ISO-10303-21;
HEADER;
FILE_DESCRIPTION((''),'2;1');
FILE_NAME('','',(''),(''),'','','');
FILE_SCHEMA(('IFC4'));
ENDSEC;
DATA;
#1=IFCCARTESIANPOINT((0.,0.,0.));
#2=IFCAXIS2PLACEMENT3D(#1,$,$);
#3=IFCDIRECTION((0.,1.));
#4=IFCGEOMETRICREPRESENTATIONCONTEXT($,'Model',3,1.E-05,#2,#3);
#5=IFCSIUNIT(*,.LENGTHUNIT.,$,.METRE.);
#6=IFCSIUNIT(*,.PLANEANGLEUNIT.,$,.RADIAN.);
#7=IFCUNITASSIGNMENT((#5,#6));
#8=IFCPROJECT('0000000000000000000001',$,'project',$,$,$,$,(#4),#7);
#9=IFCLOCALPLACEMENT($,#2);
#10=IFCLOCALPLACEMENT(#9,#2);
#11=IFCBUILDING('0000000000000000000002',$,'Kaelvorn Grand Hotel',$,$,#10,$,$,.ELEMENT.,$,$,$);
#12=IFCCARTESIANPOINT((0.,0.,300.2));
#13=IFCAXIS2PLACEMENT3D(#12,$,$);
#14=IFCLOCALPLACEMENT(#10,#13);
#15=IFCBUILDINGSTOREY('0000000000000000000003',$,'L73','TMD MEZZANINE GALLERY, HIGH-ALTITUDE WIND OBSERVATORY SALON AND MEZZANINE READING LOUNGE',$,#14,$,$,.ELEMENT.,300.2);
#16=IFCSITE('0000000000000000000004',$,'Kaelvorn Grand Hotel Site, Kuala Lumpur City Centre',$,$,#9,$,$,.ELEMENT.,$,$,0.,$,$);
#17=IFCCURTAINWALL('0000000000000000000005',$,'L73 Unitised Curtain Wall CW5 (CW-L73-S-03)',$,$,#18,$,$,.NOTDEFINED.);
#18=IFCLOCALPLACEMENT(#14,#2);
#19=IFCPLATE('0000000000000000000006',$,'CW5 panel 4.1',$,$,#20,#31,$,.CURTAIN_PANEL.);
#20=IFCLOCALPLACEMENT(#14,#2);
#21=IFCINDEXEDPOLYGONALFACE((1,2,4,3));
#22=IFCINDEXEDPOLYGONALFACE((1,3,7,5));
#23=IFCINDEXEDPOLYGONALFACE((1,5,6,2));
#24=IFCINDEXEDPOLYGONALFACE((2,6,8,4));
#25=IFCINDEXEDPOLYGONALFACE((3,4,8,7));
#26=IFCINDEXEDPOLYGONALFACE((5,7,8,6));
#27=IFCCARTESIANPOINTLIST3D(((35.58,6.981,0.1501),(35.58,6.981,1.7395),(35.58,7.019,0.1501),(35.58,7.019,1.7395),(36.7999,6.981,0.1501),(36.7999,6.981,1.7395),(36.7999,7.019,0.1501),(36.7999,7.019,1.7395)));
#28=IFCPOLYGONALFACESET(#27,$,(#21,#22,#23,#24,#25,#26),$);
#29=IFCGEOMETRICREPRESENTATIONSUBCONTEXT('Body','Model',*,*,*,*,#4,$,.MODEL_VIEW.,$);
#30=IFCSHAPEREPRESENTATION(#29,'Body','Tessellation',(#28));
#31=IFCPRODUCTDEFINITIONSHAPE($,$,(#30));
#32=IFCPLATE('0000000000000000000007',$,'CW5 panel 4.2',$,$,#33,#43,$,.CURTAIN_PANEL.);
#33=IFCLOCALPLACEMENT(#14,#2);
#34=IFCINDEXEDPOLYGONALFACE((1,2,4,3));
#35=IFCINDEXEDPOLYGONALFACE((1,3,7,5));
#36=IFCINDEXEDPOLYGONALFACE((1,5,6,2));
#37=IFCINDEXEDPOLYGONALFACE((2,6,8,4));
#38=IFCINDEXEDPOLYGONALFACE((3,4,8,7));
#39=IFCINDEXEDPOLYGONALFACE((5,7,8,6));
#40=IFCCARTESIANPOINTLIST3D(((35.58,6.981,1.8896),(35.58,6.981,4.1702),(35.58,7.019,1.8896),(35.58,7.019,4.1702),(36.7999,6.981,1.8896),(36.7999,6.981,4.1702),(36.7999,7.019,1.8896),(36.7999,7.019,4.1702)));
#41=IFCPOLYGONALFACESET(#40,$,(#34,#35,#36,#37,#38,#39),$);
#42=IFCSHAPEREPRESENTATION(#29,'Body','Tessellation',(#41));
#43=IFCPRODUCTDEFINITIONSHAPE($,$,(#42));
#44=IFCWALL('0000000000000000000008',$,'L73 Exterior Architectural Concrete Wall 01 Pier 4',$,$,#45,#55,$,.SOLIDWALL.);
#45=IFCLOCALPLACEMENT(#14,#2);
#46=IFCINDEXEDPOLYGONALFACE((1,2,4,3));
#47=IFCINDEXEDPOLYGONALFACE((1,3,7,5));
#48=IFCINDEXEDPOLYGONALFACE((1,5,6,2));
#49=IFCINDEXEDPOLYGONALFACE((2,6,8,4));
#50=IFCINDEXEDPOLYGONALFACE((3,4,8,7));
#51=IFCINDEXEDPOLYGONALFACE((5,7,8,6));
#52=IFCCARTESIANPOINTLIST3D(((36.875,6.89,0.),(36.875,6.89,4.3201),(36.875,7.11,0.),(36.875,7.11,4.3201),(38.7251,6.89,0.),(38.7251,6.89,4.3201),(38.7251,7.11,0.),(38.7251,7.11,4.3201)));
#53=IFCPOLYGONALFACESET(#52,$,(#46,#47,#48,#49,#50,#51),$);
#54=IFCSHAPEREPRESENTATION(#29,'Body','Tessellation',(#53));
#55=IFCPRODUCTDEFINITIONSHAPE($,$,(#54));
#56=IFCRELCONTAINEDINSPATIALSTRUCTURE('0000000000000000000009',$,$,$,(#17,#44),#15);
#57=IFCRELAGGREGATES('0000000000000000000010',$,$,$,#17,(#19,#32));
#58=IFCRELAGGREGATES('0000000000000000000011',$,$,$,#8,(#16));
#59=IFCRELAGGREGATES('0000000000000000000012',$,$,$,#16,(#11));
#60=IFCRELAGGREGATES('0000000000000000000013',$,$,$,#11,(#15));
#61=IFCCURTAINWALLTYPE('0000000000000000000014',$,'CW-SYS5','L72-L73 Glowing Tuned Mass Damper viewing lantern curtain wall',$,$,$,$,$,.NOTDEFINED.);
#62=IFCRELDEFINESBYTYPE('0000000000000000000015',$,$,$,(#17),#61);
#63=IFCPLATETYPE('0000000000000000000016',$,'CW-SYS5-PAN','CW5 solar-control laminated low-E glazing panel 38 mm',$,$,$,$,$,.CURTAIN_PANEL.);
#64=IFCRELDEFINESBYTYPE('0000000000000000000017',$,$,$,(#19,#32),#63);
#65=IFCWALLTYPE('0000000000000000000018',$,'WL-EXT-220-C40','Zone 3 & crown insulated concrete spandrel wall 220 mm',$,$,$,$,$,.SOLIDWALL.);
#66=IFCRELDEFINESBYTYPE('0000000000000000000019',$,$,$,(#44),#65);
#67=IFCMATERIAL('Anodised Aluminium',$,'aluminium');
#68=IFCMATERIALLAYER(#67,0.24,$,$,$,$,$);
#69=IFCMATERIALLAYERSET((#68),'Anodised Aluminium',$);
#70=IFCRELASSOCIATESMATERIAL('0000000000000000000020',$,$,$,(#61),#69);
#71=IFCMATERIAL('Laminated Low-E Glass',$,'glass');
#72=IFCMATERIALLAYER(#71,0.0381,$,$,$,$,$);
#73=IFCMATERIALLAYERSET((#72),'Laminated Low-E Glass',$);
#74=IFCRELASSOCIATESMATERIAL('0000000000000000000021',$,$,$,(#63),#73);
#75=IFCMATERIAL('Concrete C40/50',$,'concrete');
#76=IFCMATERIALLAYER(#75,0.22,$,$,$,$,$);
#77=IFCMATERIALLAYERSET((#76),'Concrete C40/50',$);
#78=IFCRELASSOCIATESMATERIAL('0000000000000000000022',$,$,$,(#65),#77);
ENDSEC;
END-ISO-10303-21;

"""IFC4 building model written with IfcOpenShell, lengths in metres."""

from ifc_helpers import new_model, si_unit, direction, frame, frame_2d, origin, origin_2d, place, context, subcontext, project, spatial, rectangle, extrude, material, layer, layer_set, type_object, element, aggregate, save


model = new_model("IFC4")

# Units and contexts
model_context = context("Model", 3, precision=1e-05, world=origin(), true_north=direction((0.0, 1.0)))
body_context = subcontext(model_context, "Body", "Model", "MODEL_VIEW")
ifc_project = project(units=[si_unit("LENGTHUNIT", "METRE"), si_unit("PLANEANGLEUNIT", "RADIAN")], contexts=[model_context])

# Site, building, storey
site_placement = place(None, origin())
site = spatial("IfcSite", under=ifc_project, at=site_placement, Name="Kaelvorn Grand Hotel Site, Kuala Lumpur City Centre", CompositionType="ELEMENT", RefElevation=0.0)
building_placement = place(site_placement, origin())
building = spatial("IfcBuilding", under=site, at=building_placement, Name="Kaelvorn Grand Hotel", CompositionType="ELEMENT")
storey_placement = place(building_placement, frame((0.0, 0.0, 300.2)))
storey = spatial("IfcBuildingStorey", under=building, at=storey_placement, Name="L73", Description="TMD MEZZANINE GALLERY, HIGH-ALTITUDE WIND OBSERVATORY SALON AND MEZZANINE READING LOUNGE", CompositionType="ELEMENT", Elevation=300.2)

# Curtain wall
ifc_material_1 = material(Name="Anodised Aluminium", Category="aluminium")
ifc_layer_1 = layer(ifc_material_1, 0.24)
ifc_layer_set_1 = layer_set([ifc_layer_1], Name="Anodised Aluminium")
curtain_wall_type = type_object("IfcCurtainWallType", Name="CW-SYS5", Description="L72-L73 Glowing Tuned Mass Damper viewing lantern curtain wall", PredefinedType="NOTDEFINED", material=ifc_layer_set_1)
curtain_wall_1_placement = place(storey_placement, origin())
curtain_wall_1 = element("IfcCurtainWall", 1, at=curtain_wall_1_placement, inside=storey, type_object=curtain_wall_type, Name="L73 Unitised Curtain Wall CW5 (CW-L73-S-03)", PredefinedType="NOTDEFINED")

# Plates
ifc_material_2 = material(Name="Laminated Low-E Glass", Category="glass")
ifc_layer_2 = layer(ifc_material_2, 0.0381)
ifc_layer_set_2 = layer_set([ifc_layer_2], Name="Laminated Low-E Glass")
plate_type = type_object("IfcPlateType", Name="CW-SYS5-PAN", Description="CW5 solar-control laminated low-E glazing panel 38 mm", PredefinedType="CURTAIN_PANEL", material=ifc_layer_set_2)
plate_1_placement = place(storey_placement, frame((36.1899, 7.0, 0.1501), z_axis=(0.0, 0.0, 1.0), x_axis=(1.0, 0.0, 0.0)))
plate_1 = element("IfcPlate", 2, at=plate_1_placement, type_object=plate_type, Name="CW5 panel 4.1", PredefinedType="CURTAIN_PANEL", context=body_context, shape_type="SweptSolid", body=[
    extrude(rectangle(XDim=1.22, YDim=0.0381, at=origin_2d()), origin(), (0.0, 0.0, 1.0), 1.5894),
])
plate_2_placement = place(storey_placement, frame((36.1899, 7.0, 1.8896), z_axis=(0.0, 0.0, 1.0), x_axis=(1.0, 0.0, 0.0)))
plate_2 = element("IfcPlate", 3, at=plate_2_placement, type_object=plate_type, Name="CW5 panel 4.2", PredefinedType="CURTAIN_PANEL", context=body_context, shape_type="SweptSolid", body=[
    extrude(rectangle(XDim=1.22, YDim=0.0381, at=origin_2d()), origin(), (0.0, 0.0, 1.0), 2.2805),
])
aggregate(curtain_wall_1, [plate_1, plate_2])

# Wall
ifc_material_3 = material(Name="Concrete C40/50", Category="concrete")
ifc_layer_3 = layer(ifc_material_3, 0.22)
ifc_layer_set_3 = layer_set([ifc_layer_3], Name="Concrete C40/50")
wall_type = type_object("IfcWallType", Name="WL-EXT-220-C40", Description="Zone 3 & crown insulated concrete spandrel wall 220 mm", PredefinedType="SOLIDWALL", material=ifc_layer_set_3)
wall_placement = place(storey_placement, frame((36.875, 7.0, 0.0), z_axis=(0.0, 0.0, 1.0), x_axis=(1.0, 0.0, 0.0)))
element("IfcWall", 4, at=wall_placement, inside=storey, type_object=wall_type, Name="L73 Exterior Architectural Concrete Wall 01 Pier 4", PredefinedType="SOLIDWALL", context=body_context, shape_type="SweptSolid", body=[
    extrude(rectangle(XDim=1.8501, YDim=0.22, at=frame_2d((0.925, 0.0))), origin(), (0.0, 0.0, 1.0), 4.3201),
])

save(model, "model.ifc")
